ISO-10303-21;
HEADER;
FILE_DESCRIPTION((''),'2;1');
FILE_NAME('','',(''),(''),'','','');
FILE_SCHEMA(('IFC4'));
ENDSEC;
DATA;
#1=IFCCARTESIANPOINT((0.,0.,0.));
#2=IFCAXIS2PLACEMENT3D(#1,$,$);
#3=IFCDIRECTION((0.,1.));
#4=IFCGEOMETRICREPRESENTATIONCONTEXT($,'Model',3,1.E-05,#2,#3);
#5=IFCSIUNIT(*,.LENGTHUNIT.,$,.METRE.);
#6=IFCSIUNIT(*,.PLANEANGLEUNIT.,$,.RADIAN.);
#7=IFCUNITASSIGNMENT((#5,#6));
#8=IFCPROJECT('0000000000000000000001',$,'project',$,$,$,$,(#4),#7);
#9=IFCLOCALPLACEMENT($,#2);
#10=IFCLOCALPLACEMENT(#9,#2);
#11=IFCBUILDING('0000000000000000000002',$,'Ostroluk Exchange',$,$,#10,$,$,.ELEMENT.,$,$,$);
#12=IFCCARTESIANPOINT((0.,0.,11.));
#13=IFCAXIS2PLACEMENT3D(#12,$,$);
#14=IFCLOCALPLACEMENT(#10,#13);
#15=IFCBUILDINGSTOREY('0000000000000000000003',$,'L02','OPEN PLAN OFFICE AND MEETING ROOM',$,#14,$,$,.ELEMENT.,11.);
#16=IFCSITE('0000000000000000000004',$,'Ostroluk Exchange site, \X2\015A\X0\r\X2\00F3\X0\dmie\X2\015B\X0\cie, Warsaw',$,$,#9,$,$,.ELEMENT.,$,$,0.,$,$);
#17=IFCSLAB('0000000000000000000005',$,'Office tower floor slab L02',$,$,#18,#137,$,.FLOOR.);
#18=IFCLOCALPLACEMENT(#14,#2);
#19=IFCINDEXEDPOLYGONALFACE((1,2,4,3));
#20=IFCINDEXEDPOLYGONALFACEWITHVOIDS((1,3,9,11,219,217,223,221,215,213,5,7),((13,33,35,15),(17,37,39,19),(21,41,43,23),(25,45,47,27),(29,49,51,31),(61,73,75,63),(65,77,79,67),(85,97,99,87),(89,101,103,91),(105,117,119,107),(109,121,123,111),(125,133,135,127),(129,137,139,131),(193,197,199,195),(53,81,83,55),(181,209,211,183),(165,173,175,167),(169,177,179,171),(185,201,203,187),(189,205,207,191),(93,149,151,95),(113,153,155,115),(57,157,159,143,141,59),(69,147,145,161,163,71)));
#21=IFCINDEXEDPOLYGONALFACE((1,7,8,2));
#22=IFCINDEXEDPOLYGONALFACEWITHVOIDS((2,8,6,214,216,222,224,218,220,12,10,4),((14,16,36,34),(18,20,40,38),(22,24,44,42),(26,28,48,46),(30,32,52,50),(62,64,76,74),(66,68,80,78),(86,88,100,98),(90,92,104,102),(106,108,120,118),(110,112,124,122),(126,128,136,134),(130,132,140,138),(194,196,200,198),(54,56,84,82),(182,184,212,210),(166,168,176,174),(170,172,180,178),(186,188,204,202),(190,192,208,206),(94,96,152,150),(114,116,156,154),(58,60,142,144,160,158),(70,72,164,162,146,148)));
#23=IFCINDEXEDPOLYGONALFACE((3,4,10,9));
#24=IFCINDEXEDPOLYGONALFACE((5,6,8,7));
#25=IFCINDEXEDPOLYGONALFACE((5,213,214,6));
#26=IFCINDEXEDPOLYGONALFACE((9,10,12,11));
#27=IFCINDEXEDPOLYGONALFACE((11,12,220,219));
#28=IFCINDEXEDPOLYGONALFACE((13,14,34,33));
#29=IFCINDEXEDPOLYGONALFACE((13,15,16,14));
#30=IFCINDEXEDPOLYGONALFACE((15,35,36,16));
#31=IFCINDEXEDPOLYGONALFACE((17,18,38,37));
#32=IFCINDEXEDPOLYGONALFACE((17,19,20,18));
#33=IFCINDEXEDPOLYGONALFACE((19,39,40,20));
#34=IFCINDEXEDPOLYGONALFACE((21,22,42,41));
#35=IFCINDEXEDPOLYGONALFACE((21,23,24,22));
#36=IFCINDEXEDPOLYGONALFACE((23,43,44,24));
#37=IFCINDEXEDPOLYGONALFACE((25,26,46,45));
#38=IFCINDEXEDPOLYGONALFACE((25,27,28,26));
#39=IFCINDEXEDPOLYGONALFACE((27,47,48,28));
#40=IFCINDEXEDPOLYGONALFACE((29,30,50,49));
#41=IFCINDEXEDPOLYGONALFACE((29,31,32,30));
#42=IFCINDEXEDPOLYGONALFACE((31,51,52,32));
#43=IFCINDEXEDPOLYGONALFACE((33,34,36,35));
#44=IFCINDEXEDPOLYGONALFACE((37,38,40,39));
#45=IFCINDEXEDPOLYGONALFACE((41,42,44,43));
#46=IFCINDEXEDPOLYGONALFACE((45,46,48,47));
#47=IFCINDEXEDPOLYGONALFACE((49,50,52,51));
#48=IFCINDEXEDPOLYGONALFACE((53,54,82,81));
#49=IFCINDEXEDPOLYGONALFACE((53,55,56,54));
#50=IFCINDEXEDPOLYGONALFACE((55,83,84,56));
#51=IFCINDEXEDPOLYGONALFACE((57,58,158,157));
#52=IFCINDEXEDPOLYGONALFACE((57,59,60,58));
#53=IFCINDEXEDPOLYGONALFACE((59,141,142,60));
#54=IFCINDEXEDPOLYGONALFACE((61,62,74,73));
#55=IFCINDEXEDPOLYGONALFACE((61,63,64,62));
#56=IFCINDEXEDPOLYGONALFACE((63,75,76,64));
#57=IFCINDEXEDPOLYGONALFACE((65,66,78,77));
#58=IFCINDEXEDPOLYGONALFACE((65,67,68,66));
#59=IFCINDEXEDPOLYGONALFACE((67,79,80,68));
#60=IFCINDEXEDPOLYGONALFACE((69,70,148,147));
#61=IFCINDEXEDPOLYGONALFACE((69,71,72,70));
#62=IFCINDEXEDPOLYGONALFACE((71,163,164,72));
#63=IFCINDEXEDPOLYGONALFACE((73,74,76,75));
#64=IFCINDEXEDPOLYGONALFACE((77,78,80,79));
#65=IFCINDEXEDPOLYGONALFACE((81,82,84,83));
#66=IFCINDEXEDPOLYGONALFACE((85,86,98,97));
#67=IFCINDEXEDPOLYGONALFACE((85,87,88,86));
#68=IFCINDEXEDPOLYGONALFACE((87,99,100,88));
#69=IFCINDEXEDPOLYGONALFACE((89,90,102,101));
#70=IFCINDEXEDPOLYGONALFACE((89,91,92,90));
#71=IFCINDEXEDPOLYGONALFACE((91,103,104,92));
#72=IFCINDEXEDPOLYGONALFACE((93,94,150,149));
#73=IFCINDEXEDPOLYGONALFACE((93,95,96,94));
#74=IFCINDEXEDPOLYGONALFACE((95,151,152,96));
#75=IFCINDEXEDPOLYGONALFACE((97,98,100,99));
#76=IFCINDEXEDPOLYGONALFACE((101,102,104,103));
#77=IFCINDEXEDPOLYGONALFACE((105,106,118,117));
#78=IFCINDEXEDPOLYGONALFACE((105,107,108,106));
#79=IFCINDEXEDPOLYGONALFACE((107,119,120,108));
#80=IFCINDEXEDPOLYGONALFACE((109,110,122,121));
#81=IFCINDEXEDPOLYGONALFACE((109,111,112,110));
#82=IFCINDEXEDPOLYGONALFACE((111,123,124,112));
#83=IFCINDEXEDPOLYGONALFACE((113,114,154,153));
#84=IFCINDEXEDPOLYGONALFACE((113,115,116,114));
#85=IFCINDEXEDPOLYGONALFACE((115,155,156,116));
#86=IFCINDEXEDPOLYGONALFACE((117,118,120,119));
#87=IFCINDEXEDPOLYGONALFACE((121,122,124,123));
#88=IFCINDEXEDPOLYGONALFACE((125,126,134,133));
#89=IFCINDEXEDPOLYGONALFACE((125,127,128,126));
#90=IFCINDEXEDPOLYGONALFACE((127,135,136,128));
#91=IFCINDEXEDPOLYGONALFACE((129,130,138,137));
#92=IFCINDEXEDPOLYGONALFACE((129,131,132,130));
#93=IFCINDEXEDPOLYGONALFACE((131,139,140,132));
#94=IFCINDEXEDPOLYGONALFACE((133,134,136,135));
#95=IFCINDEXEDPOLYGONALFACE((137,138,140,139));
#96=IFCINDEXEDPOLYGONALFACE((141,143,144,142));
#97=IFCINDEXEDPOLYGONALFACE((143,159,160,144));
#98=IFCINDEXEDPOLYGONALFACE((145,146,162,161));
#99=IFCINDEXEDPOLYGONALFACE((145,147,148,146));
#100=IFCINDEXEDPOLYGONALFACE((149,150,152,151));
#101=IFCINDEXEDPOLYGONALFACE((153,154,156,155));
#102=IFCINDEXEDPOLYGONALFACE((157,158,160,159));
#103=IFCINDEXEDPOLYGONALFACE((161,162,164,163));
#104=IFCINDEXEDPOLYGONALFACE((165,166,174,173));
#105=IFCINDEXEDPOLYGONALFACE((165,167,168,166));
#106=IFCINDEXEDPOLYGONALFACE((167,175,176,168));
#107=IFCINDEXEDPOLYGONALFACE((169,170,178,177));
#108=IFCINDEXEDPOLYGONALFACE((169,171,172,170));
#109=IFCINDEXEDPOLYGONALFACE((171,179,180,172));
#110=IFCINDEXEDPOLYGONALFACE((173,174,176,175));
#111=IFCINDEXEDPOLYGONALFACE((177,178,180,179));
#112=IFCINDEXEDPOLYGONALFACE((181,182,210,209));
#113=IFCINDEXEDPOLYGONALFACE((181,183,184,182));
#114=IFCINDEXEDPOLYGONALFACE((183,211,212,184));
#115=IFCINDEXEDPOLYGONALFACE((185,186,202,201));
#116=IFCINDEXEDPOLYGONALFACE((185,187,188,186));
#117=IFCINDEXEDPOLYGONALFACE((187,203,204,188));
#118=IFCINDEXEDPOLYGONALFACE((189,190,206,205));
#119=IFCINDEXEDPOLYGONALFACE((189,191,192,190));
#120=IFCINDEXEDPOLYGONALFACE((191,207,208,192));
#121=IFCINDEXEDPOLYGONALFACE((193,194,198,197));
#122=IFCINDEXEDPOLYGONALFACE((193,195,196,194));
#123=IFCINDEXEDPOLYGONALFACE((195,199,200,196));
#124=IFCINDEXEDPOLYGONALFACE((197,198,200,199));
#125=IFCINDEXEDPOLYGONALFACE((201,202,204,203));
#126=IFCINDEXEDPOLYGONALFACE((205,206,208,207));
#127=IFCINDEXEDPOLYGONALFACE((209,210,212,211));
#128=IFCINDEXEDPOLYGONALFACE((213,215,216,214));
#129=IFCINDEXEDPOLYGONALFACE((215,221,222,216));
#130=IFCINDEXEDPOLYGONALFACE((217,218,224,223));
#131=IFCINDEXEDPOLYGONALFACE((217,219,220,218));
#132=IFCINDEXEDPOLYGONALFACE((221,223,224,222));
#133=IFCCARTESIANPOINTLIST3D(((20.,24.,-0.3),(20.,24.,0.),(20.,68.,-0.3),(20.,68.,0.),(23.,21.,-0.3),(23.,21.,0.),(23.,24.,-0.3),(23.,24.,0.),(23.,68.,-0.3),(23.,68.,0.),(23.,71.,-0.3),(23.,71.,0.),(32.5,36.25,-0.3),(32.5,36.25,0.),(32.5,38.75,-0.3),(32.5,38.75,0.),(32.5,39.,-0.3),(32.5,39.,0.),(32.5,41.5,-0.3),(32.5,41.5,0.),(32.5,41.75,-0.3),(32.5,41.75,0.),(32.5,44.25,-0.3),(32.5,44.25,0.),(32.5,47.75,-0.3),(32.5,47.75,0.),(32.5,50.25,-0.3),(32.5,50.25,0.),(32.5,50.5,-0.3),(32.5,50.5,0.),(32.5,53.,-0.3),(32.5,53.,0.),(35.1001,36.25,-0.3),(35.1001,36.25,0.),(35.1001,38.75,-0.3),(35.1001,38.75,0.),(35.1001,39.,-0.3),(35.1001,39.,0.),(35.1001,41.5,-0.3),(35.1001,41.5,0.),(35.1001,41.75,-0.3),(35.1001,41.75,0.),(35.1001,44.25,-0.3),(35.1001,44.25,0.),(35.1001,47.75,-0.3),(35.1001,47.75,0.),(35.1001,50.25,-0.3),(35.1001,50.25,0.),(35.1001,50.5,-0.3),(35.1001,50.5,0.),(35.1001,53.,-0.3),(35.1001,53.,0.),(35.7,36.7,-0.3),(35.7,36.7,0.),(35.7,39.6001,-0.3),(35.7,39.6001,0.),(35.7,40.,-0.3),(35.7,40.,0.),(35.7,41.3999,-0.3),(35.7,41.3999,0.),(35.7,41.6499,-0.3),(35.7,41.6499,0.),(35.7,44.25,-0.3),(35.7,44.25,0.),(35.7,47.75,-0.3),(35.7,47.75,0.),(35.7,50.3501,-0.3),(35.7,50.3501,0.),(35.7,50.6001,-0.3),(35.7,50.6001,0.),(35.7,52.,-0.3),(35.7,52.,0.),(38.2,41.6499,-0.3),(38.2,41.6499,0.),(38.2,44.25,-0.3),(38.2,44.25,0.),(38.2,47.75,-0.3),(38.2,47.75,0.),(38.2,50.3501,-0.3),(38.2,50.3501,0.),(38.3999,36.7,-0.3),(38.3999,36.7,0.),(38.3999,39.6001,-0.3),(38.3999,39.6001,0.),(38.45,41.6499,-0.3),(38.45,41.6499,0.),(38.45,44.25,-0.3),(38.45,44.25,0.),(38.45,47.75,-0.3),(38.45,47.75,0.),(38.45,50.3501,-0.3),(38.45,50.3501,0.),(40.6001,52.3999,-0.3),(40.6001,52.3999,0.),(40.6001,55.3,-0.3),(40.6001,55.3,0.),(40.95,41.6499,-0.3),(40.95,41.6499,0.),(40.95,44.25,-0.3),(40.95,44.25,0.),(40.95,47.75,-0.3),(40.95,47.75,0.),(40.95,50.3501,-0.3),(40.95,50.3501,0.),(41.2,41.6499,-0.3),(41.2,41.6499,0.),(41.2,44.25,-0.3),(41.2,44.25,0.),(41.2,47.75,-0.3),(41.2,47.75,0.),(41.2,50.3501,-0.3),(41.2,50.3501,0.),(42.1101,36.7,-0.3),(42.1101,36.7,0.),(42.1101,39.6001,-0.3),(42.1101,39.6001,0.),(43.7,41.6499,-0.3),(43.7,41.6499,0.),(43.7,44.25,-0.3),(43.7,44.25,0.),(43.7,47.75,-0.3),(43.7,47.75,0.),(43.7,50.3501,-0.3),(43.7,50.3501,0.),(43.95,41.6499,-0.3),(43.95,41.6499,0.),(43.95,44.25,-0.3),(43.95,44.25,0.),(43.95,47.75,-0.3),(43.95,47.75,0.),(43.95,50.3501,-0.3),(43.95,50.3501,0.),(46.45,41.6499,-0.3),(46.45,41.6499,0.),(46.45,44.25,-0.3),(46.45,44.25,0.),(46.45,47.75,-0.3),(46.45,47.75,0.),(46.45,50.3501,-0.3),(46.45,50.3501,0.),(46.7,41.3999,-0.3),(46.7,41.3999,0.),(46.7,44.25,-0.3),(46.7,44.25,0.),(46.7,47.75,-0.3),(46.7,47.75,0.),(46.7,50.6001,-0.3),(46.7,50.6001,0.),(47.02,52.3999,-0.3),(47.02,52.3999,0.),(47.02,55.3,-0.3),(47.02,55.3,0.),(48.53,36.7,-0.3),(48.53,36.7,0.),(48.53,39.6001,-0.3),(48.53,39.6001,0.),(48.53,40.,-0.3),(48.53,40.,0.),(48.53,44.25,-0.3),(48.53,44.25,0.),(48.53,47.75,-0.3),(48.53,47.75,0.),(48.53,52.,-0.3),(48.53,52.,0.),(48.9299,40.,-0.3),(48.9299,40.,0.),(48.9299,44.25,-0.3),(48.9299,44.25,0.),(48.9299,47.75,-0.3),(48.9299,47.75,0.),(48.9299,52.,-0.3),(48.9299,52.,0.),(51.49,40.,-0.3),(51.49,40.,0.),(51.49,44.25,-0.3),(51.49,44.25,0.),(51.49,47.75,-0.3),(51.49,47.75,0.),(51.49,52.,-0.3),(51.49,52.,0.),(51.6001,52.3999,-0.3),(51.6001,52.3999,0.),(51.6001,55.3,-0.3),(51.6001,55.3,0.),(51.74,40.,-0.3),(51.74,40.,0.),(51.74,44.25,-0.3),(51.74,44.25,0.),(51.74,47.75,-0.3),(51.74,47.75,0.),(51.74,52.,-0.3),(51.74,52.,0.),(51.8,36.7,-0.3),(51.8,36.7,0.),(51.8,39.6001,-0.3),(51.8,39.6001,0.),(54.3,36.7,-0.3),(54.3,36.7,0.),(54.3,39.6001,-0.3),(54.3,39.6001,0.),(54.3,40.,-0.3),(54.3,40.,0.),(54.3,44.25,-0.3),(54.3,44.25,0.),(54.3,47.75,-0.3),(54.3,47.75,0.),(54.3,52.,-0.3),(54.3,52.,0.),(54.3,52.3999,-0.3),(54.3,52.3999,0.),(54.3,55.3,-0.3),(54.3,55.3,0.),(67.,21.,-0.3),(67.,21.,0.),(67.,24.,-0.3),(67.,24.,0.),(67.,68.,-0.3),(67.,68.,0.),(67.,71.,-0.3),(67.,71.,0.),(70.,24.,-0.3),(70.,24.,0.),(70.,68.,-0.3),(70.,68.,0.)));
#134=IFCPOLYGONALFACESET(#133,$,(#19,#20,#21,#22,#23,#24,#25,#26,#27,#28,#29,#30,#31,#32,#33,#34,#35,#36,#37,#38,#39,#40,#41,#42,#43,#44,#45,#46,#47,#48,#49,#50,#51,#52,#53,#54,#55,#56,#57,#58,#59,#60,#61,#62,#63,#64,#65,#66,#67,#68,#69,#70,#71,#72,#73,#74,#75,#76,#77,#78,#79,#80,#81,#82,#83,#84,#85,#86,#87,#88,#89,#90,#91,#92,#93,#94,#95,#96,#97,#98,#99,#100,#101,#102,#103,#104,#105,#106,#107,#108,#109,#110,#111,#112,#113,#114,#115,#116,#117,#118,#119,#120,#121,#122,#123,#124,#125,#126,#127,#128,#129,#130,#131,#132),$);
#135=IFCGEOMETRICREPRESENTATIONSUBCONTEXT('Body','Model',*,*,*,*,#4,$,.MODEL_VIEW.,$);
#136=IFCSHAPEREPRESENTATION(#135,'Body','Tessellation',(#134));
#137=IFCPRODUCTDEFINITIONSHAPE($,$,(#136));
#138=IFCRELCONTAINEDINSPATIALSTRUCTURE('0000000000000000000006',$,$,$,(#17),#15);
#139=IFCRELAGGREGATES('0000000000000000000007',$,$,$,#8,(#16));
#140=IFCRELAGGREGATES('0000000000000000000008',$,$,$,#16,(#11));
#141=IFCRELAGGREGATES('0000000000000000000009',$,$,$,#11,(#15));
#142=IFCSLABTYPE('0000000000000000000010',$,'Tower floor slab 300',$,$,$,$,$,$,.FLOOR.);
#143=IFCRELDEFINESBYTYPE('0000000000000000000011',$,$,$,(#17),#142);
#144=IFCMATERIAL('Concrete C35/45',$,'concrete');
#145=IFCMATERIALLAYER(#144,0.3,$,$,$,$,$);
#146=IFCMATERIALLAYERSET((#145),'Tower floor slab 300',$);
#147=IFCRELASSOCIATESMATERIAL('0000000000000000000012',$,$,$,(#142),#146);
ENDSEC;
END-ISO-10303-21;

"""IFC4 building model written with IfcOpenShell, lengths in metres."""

from ifc_helpers import new_model, si_unit, direction, frame, origin, place, context, subcontext, project, spatial, polyline, outline, extrude, material, layer, layer_set, type_object, element, save


model = new_model("IFC4")

# Units and contexts
model_context = context("Model", 3, precision=1e-05, world=origin(), true_north=direction((0.0, 1.0)))
body_context = subcontext(model_context, "Body", "Model", "MODEL_VIEW")
ifc_project = project(units=[si_unit("LENGTHUNIT", "METRE"), si_unit("PLANEANGLEUNIT", "RADIAN")], contexts=[model_context])

# Site, building, storey
site_placement = place(None, origin())
site = spatial("IfcSite", under=ifc_project, at=site_placement, Name="Ostroluk Exchange site, Śródmieście, Warsaw", CompositionType="ELEMENT", RefElevation=0.0)
building_placement = place(site_placement, origin())
building = spatial("IfcBuilding", under=site, at=building_placement, Name="Ostroluk Exchange", CompositionType="ELEMENT")
storey_placement = place(building_placement, frame((0.0, 0.0, 11.0)))
storey = spatial("IfcBuildingStorey", under=building, at=storey_placement, Name="L02", Description="OPEN PLAN OFFICE AND MEETING ROOM", CompositionType="ELEMENT", Elevation=11.0)

# Slab
ifc_material_1 = material(Name="Concrete C35/45", Category="concrete")
ifc_layer_1 = layer(ifc_material_1, 0.3)
ifc_layer_set_1 = layer_set([ifc_layer_1], Name="Tower floor slab 300")
slab_type_1 = type_object("IfcSlabType", Name="Tower floor slab 300", PredefinedType="FLOOR", material=ifc_layer_set_1)
slab_1_placement = place(storey_placement, frame((0.0, 0.0, -0.3)))
element("IfcSlab", 1, at=slab_1_placement, inside=storey, type_object=slab_type_1, Name="Office tower floor slab L02", PredefinedType="FLOOR", context=body_context, shape_type="SweptSolid", body=[
    extrude(outline(polyline([(23.0, 21.0), (67.0, 21.0), (67.0, 24.0), (70.0, 24.0), (70.0, 68.0), (67.0, 68.0), (67.0, 71.0), (23.0, 71.0), (23.0, 68.0), (20.0, 68.0), (20.0, 24.0), (23.0, 24.0), (23.0, 21.0)]), holes=[polyline([(35.7, 36.7), (38.3999, 36.7), (38.3999, 39.6001), (35.7, 39.6001), (35.7, 36.7)]), polyline([(42.1101, 36.7), (48.53, 36.7), (48.53, 39.6001), (42.1101, 39.6001), (42.1101, 36.7)]), polyline([(51.8, 36.7), (54.3, 36.7), (54.3, 39.6001), (51.8, 39.6001), (51.8, 36.7)]), polyline([(40.6001, 52.3999), (47.02, 52.3999), (47.02, 55.3), (40.6001, 55.3), (40.6001, 52.3999)]), polyline([(51.6001, 52.3999), (54.3, 52.3999), (54.3, 55.3), (51.6001, 55.3), (51.6001, 52.3999)]), polyline([(35.7, 47.75), (38.2, 47.75), (38.2, 50.3501), (35.7, 50.3501), (35.7, 47.75)]), polyline([(38.45, 47.75), (40.95, 47.75), (40.95, 50.3501), (38.45, 50.3501), (38.45, 47.75)]), polyline([(41.2, 47.75), (43.7, 47.75), (43.7, 50.3501), (41.2, 50.3501), (41.2, 47.75)]), polyline([(43.95, 47.75), (46.45, 47.75), (46.45, 50.3501), (43.95, 50.3501), (43.95, 47.75)]), polyline([(35.7, 41.6499), (38.2, 41.6499), (38.2, 44.25), (35.7, 44.25), (35.7, 41.6499)]), polyline([(38.45, 41.6499), (40.95, 41.6499), (40.95, 44.25), (38.45, 44.25), (38.45, 41.6499)]), polyline([(41.2, 41.6499), (43.7, 41.6499), (43.7, 44.25), (41.2, 44.25), (41.2, 41.6499)]), polyline([(43.95, 41.6499), (46.45, 41.6499), (46.45, 44.25), (43.95, 44.25), (43.95, 41.6499)]), polyline([(48.9299, 47.75), (51.49, 47.75), (51.49, 52.0), (48.9299, 52.0), (48.9299, 47.75)]), polyline([(51.74, 47.75), (54.3, 47.75), (54.3, 52.0), (51.74, 52.0), (51.74, 47.75)]), polyline([(48.9299, 40.0), (51.49, 40.0), (51.49, 44.25), (48.9299, 44.25), (48.9299, 40.0)]), polyline([(51.74, 40.0), (54.3, 40.0), (54.3, 44.25), (51.74, 44.25), (51.74, 40.0)]), polyline([(48.53, 52.0), (48.53, 47.75), (46.7, 47.75), (46.7, 50.6001), (35.7, 50.6001), (35.7, 52.0), (48.53, 52.0)]), polyline([(35.7, 40.0), (35.7, 41.3999), (46.7, 41.3999), (46.7, 44.25), (48.53, 44.25), (48.53, 40.0), (35.7, 40.0)]), polyline([(32.5, 36.25), (35.1001, 36.25), (35.1001, 38.75), (32.5, 38.75), (32.5, 36.25)]), polyline([(32.5, 39.0), (35.1001, 39.0), (35.1001, 41.5), (32.5, 41.5), (32.5, 39.0)]), polyline([(32.5, 41.75), (35.1001, 41.75), (35.1001, 44.25), (32.5, 44.25), (32.5, 41.75)]), polyline([(32.5, 47.75), (35.1001, 47.75), (35.1001, 50.25), (32.5, 50.25), (32.5, 47.75)]), polyline([(32.5, 50.5), (35.1001, 50.5), (35.1001, 53.0), (32.5, 53.0), (32.5, 50.5)])]), origin(), (0.0, 0.0, 1.0), 0.3),
])

save(model, "model.ifc")
